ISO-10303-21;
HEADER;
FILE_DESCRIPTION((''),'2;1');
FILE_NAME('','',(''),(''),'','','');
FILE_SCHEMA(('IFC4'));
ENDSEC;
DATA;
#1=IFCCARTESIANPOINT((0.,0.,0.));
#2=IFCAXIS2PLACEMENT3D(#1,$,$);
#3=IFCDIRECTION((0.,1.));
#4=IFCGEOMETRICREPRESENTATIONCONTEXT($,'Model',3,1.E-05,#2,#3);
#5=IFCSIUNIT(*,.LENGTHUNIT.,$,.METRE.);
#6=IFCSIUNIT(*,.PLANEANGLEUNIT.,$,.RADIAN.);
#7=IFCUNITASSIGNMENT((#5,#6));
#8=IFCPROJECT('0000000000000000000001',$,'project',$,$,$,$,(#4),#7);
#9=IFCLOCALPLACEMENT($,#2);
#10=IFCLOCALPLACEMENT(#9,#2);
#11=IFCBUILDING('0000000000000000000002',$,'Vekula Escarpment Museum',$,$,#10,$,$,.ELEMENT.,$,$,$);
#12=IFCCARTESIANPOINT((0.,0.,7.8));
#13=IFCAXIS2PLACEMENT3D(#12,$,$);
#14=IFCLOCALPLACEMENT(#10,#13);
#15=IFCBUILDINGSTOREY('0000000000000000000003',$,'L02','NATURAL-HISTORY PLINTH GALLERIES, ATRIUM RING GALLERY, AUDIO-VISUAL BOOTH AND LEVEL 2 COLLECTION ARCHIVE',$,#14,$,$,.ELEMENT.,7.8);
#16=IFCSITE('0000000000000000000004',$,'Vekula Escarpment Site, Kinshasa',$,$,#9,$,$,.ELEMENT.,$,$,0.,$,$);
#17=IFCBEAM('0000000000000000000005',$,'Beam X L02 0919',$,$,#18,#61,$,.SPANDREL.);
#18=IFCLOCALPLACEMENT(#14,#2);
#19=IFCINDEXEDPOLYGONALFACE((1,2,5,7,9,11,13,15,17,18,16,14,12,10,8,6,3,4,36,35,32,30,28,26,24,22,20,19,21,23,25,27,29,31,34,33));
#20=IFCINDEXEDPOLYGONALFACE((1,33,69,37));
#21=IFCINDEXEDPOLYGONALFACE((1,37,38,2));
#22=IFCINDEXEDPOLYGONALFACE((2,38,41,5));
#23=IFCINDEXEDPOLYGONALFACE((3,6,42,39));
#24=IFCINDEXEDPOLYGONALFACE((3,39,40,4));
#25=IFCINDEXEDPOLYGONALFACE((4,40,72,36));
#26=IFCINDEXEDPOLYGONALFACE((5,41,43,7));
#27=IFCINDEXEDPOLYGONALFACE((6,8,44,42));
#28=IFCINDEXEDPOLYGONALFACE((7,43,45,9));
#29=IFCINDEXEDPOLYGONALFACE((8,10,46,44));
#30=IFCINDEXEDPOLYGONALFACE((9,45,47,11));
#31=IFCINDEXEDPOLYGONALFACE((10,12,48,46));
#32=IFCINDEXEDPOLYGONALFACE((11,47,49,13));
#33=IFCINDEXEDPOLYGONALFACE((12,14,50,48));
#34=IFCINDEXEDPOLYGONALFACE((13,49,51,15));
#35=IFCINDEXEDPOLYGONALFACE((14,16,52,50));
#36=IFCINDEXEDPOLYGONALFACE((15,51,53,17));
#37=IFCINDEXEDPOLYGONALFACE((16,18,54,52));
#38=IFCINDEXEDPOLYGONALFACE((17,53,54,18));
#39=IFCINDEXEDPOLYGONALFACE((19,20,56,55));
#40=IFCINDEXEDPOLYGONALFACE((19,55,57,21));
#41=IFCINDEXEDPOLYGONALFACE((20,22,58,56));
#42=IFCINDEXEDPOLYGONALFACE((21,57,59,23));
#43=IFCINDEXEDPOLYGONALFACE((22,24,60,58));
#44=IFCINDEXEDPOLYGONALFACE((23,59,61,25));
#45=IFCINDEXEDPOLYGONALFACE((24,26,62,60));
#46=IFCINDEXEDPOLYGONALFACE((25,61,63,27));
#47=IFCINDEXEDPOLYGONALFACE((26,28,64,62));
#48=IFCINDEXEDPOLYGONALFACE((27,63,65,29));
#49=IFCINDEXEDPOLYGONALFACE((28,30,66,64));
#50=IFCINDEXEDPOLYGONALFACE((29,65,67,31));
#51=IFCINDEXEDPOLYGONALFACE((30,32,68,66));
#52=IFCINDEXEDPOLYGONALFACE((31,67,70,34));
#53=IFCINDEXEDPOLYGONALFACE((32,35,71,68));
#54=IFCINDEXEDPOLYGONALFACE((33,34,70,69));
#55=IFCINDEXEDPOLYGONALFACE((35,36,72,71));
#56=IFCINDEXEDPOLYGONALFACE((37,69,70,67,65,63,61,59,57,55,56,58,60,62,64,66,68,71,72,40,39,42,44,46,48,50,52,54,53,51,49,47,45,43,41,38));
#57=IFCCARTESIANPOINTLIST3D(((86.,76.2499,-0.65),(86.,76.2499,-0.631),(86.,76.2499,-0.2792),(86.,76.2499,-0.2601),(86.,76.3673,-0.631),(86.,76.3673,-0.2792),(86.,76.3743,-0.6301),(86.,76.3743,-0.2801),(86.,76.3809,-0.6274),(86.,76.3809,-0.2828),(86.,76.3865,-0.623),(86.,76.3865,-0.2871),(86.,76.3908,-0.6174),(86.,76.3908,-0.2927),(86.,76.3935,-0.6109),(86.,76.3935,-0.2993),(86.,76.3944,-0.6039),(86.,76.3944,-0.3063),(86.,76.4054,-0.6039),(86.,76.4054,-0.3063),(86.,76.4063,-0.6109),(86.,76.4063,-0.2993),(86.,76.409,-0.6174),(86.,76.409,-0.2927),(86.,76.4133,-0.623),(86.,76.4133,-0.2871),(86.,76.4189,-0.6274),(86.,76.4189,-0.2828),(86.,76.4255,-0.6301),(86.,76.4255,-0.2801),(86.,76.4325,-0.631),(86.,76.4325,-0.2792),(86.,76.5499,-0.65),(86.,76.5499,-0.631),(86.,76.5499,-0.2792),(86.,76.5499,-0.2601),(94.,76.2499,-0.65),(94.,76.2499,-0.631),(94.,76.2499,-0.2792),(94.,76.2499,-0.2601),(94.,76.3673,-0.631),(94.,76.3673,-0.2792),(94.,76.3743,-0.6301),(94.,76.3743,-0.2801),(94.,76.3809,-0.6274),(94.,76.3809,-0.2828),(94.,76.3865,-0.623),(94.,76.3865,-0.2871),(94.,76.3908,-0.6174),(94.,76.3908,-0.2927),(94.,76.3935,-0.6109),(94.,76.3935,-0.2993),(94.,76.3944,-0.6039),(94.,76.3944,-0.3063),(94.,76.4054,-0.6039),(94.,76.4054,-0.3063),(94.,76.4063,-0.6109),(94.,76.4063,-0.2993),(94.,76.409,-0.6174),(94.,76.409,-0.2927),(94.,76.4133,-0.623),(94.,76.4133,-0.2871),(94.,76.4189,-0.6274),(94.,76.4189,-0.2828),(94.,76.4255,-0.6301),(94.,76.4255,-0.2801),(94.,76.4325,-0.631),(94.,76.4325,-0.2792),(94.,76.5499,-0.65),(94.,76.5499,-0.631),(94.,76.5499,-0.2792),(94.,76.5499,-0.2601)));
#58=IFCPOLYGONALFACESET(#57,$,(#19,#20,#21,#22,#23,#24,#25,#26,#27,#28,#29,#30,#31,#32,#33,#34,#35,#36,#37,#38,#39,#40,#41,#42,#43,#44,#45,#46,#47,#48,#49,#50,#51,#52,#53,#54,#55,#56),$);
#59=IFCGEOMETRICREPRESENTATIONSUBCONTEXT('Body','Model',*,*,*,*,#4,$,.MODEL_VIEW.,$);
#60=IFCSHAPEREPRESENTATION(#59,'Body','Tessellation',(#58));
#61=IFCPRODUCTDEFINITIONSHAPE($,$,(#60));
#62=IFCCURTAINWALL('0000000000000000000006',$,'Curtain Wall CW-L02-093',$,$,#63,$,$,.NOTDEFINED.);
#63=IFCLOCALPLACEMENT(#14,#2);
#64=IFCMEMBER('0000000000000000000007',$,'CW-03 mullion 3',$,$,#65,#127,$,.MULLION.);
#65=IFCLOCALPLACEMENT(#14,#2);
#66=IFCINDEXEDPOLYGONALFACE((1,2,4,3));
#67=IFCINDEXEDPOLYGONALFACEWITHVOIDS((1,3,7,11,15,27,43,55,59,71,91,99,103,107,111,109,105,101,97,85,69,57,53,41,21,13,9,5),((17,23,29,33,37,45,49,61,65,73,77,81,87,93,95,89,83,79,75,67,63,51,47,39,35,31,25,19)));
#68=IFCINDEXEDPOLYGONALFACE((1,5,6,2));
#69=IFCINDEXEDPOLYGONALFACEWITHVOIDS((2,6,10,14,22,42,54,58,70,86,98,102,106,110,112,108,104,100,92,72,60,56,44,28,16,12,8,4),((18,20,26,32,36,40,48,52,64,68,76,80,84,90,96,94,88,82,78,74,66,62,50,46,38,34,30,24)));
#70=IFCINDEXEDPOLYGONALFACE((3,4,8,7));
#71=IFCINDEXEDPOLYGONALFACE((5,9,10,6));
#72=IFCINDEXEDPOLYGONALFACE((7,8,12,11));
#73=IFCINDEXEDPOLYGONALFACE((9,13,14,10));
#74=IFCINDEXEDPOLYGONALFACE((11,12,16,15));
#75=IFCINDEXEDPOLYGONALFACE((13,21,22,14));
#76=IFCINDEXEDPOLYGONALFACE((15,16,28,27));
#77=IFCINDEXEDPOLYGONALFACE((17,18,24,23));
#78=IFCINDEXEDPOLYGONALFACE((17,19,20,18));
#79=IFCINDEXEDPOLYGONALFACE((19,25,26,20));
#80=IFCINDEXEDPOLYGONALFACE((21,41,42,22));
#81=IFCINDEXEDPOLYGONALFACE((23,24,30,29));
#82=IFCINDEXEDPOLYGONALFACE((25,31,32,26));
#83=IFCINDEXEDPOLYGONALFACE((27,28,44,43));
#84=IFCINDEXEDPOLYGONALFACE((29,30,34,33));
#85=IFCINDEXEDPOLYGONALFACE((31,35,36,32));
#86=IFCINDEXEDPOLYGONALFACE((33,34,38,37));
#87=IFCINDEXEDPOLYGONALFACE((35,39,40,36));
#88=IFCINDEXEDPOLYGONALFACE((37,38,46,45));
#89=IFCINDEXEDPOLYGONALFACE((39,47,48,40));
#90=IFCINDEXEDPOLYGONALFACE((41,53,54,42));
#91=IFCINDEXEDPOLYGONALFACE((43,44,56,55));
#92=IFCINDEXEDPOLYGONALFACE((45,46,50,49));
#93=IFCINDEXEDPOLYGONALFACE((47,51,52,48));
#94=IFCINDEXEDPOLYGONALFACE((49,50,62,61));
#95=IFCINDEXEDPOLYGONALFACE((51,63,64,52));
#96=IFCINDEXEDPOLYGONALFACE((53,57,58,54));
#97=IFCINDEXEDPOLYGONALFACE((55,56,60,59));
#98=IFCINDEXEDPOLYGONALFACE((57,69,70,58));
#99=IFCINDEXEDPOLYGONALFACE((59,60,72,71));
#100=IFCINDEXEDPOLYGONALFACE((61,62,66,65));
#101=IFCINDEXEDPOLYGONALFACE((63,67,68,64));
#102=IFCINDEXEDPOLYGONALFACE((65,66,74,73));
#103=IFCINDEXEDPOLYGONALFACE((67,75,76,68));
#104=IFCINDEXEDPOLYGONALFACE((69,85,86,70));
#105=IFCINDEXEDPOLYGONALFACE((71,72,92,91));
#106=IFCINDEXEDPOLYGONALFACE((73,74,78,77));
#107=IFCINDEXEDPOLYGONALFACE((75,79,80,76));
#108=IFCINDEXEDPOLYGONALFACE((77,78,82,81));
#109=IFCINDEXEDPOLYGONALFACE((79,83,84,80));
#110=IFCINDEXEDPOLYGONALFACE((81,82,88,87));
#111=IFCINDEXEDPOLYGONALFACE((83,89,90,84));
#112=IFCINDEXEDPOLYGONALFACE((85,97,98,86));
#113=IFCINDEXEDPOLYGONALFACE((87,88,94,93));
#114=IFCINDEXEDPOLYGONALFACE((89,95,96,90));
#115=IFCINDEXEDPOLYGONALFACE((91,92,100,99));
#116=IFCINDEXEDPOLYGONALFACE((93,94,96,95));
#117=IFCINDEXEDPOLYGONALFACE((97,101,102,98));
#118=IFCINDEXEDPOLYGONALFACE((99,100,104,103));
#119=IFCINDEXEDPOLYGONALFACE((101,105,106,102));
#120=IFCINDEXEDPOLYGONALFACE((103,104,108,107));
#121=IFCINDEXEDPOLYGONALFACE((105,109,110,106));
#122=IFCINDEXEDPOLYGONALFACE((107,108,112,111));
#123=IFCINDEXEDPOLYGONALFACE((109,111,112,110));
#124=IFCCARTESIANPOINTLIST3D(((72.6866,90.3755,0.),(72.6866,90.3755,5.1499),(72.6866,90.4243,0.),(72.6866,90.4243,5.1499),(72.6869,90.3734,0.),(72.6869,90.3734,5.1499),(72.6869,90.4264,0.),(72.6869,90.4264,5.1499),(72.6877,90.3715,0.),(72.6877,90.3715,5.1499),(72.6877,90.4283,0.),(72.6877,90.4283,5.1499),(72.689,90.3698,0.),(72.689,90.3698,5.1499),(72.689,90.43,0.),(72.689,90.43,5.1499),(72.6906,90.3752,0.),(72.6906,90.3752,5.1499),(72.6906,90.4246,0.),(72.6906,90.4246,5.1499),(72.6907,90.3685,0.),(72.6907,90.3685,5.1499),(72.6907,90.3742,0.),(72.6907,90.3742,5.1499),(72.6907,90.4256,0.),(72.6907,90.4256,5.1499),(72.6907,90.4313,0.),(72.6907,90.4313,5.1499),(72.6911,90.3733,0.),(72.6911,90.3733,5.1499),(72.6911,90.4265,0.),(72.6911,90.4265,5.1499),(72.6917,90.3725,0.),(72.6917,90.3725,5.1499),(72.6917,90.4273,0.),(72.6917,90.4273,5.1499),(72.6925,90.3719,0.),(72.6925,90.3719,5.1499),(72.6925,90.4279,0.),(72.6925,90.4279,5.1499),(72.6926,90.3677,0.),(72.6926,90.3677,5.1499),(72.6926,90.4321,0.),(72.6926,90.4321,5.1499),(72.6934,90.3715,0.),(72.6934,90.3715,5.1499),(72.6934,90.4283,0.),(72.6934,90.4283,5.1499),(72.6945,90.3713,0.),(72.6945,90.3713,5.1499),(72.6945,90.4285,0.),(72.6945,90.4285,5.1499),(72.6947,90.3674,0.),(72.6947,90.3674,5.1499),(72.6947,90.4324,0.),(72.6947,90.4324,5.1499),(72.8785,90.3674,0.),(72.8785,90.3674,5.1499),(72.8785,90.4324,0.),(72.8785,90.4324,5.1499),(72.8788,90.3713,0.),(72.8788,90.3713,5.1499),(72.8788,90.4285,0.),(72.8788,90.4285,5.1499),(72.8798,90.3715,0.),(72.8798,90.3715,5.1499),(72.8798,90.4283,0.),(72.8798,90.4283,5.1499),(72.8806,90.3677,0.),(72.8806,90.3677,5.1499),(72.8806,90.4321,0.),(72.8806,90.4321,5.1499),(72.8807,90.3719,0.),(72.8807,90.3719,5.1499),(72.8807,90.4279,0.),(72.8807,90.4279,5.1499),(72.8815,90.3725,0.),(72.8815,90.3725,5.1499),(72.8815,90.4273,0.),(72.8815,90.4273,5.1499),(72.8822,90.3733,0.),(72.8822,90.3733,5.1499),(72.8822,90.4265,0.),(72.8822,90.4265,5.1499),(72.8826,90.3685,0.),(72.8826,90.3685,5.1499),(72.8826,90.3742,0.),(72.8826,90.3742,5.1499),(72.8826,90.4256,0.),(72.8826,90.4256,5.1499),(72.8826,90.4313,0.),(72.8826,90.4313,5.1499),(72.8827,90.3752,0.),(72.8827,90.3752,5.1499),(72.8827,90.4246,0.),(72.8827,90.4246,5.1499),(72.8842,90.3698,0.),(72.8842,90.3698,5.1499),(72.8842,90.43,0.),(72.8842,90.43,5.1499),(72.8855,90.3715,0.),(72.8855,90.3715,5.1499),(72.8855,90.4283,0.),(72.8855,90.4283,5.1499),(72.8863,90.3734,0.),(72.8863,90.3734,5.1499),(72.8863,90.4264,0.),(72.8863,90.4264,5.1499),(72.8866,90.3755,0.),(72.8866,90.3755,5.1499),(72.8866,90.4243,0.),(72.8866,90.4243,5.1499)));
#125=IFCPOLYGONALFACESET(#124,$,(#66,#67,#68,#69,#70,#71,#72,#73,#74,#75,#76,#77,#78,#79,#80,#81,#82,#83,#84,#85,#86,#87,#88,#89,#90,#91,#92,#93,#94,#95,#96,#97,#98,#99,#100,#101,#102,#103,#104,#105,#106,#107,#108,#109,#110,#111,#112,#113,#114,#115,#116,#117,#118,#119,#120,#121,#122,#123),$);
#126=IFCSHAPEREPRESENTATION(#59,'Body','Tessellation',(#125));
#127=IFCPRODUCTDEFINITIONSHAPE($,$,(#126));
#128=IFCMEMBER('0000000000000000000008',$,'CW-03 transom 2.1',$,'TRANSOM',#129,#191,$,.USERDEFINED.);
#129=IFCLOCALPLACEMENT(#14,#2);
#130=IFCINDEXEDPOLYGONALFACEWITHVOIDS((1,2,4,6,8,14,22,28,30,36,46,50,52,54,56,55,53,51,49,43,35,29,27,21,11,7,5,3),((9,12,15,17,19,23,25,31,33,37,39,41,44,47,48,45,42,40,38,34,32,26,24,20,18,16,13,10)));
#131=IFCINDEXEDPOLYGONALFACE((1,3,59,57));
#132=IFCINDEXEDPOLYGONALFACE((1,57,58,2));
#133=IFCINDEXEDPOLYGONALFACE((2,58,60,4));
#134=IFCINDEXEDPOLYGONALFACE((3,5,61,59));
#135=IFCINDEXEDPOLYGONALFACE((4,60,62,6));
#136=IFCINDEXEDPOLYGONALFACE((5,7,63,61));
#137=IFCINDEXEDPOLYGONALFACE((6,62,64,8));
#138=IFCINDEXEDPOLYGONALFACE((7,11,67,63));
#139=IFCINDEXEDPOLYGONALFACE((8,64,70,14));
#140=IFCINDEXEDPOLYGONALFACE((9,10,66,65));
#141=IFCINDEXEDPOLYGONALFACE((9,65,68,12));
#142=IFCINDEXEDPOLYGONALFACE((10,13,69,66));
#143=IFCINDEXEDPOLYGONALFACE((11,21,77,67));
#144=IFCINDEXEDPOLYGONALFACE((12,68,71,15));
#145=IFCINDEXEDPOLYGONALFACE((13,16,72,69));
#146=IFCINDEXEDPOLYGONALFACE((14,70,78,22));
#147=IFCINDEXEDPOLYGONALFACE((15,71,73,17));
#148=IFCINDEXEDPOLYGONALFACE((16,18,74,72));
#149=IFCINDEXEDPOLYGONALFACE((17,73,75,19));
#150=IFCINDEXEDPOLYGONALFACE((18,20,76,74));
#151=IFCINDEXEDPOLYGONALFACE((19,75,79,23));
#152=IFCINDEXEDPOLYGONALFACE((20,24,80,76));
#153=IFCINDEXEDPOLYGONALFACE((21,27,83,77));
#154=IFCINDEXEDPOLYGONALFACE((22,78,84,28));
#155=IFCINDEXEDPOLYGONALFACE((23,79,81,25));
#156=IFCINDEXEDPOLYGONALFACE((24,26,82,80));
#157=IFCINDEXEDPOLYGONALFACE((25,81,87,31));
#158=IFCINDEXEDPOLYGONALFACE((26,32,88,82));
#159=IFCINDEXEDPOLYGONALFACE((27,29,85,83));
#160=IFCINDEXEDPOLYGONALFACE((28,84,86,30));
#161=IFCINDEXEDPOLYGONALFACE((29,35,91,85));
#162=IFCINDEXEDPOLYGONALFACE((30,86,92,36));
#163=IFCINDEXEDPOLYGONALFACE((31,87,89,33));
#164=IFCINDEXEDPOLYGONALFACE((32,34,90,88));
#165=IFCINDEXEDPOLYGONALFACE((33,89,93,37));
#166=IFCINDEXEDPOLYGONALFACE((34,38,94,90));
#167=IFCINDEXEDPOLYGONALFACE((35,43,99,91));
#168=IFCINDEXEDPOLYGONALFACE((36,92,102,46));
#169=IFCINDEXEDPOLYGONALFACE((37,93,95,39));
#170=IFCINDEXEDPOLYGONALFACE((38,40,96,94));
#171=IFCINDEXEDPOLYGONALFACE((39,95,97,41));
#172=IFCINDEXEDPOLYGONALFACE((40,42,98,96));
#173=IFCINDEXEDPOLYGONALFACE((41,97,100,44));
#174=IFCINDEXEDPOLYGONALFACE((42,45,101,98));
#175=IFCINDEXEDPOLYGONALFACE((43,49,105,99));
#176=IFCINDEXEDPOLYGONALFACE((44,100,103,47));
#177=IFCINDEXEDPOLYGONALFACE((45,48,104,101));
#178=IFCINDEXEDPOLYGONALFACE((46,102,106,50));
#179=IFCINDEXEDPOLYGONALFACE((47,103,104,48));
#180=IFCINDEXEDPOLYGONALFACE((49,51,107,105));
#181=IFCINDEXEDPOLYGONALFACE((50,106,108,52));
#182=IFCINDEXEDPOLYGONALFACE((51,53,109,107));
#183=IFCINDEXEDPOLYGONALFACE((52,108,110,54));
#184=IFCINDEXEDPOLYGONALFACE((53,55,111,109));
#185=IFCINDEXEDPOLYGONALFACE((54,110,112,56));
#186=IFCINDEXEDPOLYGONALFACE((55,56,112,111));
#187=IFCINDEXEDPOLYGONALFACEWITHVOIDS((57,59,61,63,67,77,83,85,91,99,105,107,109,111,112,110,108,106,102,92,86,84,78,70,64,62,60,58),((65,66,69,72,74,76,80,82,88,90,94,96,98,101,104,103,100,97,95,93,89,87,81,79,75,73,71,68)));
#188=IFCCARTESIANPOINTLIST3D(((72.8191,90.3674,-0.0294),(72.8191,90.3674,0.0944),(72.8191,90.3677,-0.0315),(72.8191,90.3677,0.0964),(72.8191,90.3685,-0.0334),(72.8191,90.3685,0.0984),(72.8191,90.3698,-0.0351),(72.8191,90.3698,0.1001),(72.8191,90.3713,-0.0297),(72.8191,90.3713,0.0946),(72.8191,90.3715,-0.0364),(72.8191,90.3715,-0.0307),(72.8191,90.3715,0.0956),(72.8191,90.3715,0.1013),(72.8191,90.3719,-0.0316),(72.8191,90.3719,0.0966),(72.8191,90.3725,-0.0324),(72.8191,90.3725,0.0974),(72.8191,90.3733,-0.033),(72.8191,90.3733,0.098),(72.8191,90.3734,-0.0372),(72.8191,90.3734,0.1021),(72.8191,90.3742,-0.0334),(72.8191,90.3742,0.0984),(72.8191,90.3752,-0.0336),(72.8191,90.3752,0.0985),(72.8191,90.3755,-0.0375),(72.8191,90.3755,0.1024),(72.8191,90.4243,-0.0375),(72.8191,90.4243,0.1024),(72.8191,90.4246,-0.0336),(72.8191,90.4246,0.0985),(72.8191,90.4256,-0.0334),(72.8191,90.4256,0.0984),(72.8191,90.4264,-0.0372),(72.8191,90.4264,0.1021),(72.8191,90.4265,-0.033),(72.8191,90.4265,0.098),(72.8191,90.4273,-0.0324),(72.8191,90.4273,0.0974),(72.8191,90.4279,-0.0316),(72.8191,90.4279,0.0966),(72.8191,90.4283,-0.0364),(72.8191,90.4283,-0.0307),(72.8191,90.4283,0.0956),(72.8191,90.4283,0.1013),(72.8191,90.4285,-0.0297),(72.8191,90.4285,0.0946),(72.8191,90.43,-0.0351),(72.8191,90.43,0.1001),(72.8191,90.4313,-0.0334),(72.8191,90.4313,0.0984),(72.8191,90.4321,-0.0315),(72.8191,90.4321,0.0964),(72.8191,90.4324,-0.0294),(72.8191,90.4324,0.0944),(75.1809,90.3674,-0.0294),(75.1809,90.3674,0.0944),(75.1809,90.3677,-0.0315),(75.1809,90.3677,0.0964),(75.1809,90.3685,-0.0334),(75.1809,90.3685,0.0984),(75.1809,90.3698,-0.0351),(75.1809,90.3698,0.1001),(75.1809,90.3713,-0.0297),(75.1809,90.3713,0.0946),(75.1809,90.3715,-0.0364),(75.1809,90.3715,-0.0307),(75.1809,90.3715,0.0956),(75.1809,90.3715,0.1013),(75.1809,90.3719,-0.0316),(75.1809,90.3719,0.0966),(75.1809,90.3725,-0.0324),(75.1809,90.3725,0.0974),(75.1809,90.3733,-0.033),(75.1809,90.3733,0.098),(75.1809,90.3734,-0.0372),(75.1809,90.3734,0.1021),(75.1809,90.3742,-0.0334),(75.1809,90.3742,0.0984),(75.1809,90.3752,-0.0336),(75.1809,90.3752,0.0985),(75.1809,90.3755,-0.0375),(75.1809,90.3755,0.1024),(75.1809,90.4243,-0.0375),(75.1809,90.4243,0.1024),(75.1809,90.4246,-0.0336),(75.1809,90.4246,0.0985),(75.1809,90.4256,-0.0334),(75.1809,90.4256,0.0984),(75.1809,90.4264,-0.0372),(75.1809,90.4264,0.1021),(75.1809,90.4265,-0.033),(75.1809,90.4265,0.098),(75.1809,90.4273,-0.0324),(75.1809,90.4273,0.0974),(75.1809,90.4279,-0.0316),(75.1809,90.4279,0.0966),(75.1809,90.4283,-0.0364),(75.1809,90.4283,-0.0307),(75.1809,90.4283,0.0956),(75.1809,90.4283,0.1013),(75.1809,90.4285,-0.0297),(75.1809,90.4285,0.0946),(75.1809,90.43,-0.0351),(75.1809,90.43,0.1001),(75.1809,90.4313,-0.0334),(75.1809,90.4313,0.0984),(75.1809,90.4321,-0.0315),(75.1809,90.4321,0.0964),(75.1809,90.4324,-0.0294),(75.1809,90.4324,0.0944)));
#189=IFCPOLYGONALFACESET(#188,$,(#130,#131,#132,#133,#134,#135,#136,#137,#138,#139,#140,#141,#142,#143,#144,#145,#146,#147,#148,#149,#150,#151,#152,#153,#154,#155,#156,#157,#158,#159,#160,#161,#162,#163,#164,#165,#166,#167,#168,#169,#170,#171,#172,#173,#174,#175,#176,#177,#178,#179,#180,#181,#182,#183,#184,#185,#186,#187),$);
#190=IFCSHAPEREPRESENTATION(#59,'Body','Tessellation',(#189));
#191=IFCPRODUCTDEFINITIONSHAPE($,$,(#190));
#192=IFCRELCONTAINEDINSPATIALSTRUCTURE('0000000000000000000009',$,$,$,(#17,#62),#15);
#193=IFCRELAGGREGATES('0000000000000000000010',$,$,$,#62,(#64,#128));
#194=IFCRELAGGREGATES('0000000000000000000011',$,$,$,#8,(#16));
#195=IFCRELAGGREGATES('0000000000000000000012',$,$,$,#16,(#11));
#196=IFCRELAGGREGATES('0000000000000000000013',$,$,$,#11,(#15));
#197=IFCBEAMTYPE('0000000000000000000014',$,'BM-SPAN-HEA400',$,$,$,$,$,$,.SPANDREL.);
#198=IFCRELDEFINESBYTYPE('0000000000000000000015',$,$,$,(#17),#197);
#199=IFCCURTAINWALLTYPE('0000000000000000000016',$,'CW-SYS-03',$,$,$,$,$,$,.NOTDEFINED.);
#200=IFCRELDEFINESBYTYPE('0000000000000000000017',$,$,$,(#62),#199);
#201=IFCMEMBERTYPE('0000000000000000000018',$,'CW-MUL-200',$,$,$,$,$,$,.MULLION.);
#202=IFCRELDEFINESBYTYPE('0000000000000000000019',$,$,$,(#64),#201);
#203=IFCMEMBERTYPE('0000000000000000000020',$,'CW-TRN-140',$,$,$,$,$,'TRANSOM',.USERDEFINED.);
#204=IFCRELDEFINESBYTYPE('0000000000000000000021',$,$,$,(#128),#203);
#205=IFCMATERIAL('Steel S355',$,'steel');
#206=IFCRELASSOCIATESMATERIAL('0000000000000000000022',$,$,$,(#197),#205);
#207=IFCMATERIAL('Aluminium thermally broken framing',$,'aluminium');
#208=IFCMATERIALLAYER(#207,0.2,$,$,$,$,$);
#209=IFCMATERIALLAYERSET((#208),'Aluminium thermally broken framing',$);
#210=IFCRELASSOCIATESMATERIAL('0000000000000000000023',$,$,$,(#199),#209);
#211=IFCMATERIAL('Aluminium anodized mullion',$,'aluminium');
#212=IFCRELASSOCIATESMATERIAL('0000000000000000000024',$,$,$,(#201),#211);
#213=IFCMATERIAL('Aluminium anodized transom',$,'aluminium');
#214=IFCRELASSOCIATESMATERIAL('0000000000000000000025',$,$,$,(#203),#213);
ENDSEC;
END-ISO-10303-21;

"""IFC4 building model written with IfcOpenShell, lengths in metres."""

from ifc_helpers import new_model, si_unit, direction, frame, origin, origin_2d, place, context, subcontext, project, spatial, hollow_rectangle, i_section, extrude, material, layer, layer_set, material_profile, profile_set, type_object, element, aggregate, save


model = new_model("IFC4")

# Units and contexts
model_context = context("Model", 3, precision=1e-05, world=origin(), true_north=direction((0.0, 1.0)))
body_context = subcontext(model_context, "Body", "Model", "MODEL_VIEW")
ifc_project = project(units=[si_unit("LENGTHUNIT", "METRE"), si_unit("PLANEANGLEUNIT", "RADIAN")], contexts=[model_context])

# Site, building, storey
site_placement = place(None, origin())
site = spatial("IfcSite", under=ifc_project, at=site_placement, Name="Vekula Escarpment Site, Kinshasa", CompositionType="ELEMENT", RefElevation=0.0)
building_placement = place(site_placement, origin())
building = spatial("IfcBuilding", under=site, at=building_placement, Name="Vekula Escarpment Museum", CompositionType="ELEMENT")
storey_placement = place(building_placement, frame((0.0, 0.0, 7.8)))
storey = spatial("IfcBuildingStorey", under=building, at=storey_placement, Name="L02", Description="NATURAL-HISTORY PLINTH GALLERIES, ATRIUM RING GALLERY, AUDIO-VISUAL BOOTH AND LEVEL 2 COLLECTION ARCHIVE", CompositionType="ELEMENT", Elevation=7.8)

# Beam
ifc_material_1 = material(Name="Steel S355", Category="steel")
ifc_material_profile_1 = material_profile(ifc_material_1, i_section(OverallWidth=0.3, OverallDepth=0.3899, WebThickness=0.011, FlangeThickness=0.019, FilletRadius=0.0271, at=origin_2d()), Name="HEA 400")
ifc_profile_set_1 = profile_set([ifc_material_profile_1], Name="Steel S355")
beam_type_1 = type_object("IfcBeamType", Name="BM-SPAN-HEA400", PredefinedType="SPANDREL", material=ifc_profile_set_1)
for number, where, z_axis, x_axis, name in (
    (1, (86.0, 76.3999, -0.4551), (1.0, 0.0, 0.0), (0.0, 1.0, 0.0), "Beam X L02 0919"),
):
    element("IfcBeam", number, at=place(storey_placement, frame(where, z_axis=z_axis, x_axis=x_axis)), inside=storey, type_object=beam_type_1, Name=name, PredefinedType="SPANDREL", context=body_context, shape_type="SweptSolid", body=[
        extrude(i_section(OverallWidth=0.3, OverallDepth=0.3899, WebThickness=0.011, FlangeThickness=0.019, FilletRadius=0.0271, at=origin_2d()), origin(), (0.0, 0.0, 1.0), 8.0),
    ])

# Curtain wall, members
ifc_material_2 = material(Name="Aluminium thermally broken framing", Category="aluminium")
ifc_layer_1 = layer(ifc_material_2, 0.2)
ifc_layer_set_1 = layer_set([ifc_layer_1], Name="Aluminium thermally broken framing")
curtain_wall_type = type_object("IfcCurtainWallType", Name="CW-SYS-03", PredefinedType="NOTDEFINED", material=ifc_layer_set_1)
curtain_wall_placement = place(storey_placement, origin())
curtain_wall = element("IfcCurtainWall", 2, at=curtain_wall_placement, inside=storey, type_object=curtain_wall_type, Name="Curtain Wall CW-L02-093", PredefinedType="NOTDEFINED")
ifc_material_3 = material(Name="Aluminium anodized mullion", Category="aluminium")
ifc_material_profile_2 = material_profile(ifc_material_3, hollow_rectangle(XDim=0.0649, YDim=0.2, WallThickness=0.0039, InnerFilletRadius=0.0039, OuterFilletRadius=0.0081, at=origin_2d()), Name="ALU 200x65x4")
ifc_profile_set_2 = profile_set([ifc_material_profile_2], Name="Aluminium anodized mullion")
member_type_1 = type_object("IfcMemberType", Name="CW-MUL-200", PredefinedType="MULLION", material=ifc_profile_set_2)
member_1_placement = place(storey_placement, frame((72.7866, 90.3999, 0.0), z_axis=(0.0, 0.0, 1.0), x_axis=(0.0, -1.0, 0.0)))
member_1 = element("IfcMember", 3, at=member_1_placement, type_object=member_type_1, Name="CW-03 mullion 3", PredefinedType="MULLION", context=body_context, shape_type="SweptSolid", body=[
    extrude(hollow_rectangle(XDim=0.0649, YDim=0.2, WallThickness=0.0039, InnerFilletRadius=0.0039, OuterFilletRadius=0.0081, at=origin_2d()), origin(), (0.0, 0.0, 1.0), 5.1499),
])
ifc_material_4 = material(Name="Aluminium anodized transom", Category="aluminium")
ifc_material_profile_3 = material_profile(ifc_material_4, hollow_rectangle(XDim=0.0649, YDim=0.1399, WallThickness=0.0039, InnerFilletRadius=0.0039, OuterFilletRadius=0.0081, at=origin_2d()), Name="ALU 140x65x4")
ifc_profile_set_3 = profile_set([ifc_material_profile_3], Name="Aluminium anodized transom")
member_type_2 = type_object("IfcMemberType", Name="CW-TRN-140", ElementType="TRANSOM", PredefinedType="USERDEFINED", material=ifc_profile_set_3)
member_2_placement = place(storey_placement, frame((75.1809, 90.3999, 0.0325), z_axis=(-1.0, 0.0, 0.0), x_axis=(0.0, -1.0, 0.0)))
member_2 = element("IfcMember", 4, at=member_2_placement, type_object=member_type_2, Name="CW-03 transom 2.1", ObjectType="TRANSOM", PredefinedType="USERDEFINED", context=body_context, shape_type="SweptSolid", body=[
    extrude(hollow_rectangle(XDim=0.0649, YDim=0.1399, WallThickness=0.0039, InnerFilletRadius=0.0039, OuterFilletRadius=0.0081, at=origin_2d()), origin(), (0.0, 0.0, 1.0), 2.3618),
])
aggregate(curtain_wall, [member_1, member_2])

save(model, "model.ifc")
